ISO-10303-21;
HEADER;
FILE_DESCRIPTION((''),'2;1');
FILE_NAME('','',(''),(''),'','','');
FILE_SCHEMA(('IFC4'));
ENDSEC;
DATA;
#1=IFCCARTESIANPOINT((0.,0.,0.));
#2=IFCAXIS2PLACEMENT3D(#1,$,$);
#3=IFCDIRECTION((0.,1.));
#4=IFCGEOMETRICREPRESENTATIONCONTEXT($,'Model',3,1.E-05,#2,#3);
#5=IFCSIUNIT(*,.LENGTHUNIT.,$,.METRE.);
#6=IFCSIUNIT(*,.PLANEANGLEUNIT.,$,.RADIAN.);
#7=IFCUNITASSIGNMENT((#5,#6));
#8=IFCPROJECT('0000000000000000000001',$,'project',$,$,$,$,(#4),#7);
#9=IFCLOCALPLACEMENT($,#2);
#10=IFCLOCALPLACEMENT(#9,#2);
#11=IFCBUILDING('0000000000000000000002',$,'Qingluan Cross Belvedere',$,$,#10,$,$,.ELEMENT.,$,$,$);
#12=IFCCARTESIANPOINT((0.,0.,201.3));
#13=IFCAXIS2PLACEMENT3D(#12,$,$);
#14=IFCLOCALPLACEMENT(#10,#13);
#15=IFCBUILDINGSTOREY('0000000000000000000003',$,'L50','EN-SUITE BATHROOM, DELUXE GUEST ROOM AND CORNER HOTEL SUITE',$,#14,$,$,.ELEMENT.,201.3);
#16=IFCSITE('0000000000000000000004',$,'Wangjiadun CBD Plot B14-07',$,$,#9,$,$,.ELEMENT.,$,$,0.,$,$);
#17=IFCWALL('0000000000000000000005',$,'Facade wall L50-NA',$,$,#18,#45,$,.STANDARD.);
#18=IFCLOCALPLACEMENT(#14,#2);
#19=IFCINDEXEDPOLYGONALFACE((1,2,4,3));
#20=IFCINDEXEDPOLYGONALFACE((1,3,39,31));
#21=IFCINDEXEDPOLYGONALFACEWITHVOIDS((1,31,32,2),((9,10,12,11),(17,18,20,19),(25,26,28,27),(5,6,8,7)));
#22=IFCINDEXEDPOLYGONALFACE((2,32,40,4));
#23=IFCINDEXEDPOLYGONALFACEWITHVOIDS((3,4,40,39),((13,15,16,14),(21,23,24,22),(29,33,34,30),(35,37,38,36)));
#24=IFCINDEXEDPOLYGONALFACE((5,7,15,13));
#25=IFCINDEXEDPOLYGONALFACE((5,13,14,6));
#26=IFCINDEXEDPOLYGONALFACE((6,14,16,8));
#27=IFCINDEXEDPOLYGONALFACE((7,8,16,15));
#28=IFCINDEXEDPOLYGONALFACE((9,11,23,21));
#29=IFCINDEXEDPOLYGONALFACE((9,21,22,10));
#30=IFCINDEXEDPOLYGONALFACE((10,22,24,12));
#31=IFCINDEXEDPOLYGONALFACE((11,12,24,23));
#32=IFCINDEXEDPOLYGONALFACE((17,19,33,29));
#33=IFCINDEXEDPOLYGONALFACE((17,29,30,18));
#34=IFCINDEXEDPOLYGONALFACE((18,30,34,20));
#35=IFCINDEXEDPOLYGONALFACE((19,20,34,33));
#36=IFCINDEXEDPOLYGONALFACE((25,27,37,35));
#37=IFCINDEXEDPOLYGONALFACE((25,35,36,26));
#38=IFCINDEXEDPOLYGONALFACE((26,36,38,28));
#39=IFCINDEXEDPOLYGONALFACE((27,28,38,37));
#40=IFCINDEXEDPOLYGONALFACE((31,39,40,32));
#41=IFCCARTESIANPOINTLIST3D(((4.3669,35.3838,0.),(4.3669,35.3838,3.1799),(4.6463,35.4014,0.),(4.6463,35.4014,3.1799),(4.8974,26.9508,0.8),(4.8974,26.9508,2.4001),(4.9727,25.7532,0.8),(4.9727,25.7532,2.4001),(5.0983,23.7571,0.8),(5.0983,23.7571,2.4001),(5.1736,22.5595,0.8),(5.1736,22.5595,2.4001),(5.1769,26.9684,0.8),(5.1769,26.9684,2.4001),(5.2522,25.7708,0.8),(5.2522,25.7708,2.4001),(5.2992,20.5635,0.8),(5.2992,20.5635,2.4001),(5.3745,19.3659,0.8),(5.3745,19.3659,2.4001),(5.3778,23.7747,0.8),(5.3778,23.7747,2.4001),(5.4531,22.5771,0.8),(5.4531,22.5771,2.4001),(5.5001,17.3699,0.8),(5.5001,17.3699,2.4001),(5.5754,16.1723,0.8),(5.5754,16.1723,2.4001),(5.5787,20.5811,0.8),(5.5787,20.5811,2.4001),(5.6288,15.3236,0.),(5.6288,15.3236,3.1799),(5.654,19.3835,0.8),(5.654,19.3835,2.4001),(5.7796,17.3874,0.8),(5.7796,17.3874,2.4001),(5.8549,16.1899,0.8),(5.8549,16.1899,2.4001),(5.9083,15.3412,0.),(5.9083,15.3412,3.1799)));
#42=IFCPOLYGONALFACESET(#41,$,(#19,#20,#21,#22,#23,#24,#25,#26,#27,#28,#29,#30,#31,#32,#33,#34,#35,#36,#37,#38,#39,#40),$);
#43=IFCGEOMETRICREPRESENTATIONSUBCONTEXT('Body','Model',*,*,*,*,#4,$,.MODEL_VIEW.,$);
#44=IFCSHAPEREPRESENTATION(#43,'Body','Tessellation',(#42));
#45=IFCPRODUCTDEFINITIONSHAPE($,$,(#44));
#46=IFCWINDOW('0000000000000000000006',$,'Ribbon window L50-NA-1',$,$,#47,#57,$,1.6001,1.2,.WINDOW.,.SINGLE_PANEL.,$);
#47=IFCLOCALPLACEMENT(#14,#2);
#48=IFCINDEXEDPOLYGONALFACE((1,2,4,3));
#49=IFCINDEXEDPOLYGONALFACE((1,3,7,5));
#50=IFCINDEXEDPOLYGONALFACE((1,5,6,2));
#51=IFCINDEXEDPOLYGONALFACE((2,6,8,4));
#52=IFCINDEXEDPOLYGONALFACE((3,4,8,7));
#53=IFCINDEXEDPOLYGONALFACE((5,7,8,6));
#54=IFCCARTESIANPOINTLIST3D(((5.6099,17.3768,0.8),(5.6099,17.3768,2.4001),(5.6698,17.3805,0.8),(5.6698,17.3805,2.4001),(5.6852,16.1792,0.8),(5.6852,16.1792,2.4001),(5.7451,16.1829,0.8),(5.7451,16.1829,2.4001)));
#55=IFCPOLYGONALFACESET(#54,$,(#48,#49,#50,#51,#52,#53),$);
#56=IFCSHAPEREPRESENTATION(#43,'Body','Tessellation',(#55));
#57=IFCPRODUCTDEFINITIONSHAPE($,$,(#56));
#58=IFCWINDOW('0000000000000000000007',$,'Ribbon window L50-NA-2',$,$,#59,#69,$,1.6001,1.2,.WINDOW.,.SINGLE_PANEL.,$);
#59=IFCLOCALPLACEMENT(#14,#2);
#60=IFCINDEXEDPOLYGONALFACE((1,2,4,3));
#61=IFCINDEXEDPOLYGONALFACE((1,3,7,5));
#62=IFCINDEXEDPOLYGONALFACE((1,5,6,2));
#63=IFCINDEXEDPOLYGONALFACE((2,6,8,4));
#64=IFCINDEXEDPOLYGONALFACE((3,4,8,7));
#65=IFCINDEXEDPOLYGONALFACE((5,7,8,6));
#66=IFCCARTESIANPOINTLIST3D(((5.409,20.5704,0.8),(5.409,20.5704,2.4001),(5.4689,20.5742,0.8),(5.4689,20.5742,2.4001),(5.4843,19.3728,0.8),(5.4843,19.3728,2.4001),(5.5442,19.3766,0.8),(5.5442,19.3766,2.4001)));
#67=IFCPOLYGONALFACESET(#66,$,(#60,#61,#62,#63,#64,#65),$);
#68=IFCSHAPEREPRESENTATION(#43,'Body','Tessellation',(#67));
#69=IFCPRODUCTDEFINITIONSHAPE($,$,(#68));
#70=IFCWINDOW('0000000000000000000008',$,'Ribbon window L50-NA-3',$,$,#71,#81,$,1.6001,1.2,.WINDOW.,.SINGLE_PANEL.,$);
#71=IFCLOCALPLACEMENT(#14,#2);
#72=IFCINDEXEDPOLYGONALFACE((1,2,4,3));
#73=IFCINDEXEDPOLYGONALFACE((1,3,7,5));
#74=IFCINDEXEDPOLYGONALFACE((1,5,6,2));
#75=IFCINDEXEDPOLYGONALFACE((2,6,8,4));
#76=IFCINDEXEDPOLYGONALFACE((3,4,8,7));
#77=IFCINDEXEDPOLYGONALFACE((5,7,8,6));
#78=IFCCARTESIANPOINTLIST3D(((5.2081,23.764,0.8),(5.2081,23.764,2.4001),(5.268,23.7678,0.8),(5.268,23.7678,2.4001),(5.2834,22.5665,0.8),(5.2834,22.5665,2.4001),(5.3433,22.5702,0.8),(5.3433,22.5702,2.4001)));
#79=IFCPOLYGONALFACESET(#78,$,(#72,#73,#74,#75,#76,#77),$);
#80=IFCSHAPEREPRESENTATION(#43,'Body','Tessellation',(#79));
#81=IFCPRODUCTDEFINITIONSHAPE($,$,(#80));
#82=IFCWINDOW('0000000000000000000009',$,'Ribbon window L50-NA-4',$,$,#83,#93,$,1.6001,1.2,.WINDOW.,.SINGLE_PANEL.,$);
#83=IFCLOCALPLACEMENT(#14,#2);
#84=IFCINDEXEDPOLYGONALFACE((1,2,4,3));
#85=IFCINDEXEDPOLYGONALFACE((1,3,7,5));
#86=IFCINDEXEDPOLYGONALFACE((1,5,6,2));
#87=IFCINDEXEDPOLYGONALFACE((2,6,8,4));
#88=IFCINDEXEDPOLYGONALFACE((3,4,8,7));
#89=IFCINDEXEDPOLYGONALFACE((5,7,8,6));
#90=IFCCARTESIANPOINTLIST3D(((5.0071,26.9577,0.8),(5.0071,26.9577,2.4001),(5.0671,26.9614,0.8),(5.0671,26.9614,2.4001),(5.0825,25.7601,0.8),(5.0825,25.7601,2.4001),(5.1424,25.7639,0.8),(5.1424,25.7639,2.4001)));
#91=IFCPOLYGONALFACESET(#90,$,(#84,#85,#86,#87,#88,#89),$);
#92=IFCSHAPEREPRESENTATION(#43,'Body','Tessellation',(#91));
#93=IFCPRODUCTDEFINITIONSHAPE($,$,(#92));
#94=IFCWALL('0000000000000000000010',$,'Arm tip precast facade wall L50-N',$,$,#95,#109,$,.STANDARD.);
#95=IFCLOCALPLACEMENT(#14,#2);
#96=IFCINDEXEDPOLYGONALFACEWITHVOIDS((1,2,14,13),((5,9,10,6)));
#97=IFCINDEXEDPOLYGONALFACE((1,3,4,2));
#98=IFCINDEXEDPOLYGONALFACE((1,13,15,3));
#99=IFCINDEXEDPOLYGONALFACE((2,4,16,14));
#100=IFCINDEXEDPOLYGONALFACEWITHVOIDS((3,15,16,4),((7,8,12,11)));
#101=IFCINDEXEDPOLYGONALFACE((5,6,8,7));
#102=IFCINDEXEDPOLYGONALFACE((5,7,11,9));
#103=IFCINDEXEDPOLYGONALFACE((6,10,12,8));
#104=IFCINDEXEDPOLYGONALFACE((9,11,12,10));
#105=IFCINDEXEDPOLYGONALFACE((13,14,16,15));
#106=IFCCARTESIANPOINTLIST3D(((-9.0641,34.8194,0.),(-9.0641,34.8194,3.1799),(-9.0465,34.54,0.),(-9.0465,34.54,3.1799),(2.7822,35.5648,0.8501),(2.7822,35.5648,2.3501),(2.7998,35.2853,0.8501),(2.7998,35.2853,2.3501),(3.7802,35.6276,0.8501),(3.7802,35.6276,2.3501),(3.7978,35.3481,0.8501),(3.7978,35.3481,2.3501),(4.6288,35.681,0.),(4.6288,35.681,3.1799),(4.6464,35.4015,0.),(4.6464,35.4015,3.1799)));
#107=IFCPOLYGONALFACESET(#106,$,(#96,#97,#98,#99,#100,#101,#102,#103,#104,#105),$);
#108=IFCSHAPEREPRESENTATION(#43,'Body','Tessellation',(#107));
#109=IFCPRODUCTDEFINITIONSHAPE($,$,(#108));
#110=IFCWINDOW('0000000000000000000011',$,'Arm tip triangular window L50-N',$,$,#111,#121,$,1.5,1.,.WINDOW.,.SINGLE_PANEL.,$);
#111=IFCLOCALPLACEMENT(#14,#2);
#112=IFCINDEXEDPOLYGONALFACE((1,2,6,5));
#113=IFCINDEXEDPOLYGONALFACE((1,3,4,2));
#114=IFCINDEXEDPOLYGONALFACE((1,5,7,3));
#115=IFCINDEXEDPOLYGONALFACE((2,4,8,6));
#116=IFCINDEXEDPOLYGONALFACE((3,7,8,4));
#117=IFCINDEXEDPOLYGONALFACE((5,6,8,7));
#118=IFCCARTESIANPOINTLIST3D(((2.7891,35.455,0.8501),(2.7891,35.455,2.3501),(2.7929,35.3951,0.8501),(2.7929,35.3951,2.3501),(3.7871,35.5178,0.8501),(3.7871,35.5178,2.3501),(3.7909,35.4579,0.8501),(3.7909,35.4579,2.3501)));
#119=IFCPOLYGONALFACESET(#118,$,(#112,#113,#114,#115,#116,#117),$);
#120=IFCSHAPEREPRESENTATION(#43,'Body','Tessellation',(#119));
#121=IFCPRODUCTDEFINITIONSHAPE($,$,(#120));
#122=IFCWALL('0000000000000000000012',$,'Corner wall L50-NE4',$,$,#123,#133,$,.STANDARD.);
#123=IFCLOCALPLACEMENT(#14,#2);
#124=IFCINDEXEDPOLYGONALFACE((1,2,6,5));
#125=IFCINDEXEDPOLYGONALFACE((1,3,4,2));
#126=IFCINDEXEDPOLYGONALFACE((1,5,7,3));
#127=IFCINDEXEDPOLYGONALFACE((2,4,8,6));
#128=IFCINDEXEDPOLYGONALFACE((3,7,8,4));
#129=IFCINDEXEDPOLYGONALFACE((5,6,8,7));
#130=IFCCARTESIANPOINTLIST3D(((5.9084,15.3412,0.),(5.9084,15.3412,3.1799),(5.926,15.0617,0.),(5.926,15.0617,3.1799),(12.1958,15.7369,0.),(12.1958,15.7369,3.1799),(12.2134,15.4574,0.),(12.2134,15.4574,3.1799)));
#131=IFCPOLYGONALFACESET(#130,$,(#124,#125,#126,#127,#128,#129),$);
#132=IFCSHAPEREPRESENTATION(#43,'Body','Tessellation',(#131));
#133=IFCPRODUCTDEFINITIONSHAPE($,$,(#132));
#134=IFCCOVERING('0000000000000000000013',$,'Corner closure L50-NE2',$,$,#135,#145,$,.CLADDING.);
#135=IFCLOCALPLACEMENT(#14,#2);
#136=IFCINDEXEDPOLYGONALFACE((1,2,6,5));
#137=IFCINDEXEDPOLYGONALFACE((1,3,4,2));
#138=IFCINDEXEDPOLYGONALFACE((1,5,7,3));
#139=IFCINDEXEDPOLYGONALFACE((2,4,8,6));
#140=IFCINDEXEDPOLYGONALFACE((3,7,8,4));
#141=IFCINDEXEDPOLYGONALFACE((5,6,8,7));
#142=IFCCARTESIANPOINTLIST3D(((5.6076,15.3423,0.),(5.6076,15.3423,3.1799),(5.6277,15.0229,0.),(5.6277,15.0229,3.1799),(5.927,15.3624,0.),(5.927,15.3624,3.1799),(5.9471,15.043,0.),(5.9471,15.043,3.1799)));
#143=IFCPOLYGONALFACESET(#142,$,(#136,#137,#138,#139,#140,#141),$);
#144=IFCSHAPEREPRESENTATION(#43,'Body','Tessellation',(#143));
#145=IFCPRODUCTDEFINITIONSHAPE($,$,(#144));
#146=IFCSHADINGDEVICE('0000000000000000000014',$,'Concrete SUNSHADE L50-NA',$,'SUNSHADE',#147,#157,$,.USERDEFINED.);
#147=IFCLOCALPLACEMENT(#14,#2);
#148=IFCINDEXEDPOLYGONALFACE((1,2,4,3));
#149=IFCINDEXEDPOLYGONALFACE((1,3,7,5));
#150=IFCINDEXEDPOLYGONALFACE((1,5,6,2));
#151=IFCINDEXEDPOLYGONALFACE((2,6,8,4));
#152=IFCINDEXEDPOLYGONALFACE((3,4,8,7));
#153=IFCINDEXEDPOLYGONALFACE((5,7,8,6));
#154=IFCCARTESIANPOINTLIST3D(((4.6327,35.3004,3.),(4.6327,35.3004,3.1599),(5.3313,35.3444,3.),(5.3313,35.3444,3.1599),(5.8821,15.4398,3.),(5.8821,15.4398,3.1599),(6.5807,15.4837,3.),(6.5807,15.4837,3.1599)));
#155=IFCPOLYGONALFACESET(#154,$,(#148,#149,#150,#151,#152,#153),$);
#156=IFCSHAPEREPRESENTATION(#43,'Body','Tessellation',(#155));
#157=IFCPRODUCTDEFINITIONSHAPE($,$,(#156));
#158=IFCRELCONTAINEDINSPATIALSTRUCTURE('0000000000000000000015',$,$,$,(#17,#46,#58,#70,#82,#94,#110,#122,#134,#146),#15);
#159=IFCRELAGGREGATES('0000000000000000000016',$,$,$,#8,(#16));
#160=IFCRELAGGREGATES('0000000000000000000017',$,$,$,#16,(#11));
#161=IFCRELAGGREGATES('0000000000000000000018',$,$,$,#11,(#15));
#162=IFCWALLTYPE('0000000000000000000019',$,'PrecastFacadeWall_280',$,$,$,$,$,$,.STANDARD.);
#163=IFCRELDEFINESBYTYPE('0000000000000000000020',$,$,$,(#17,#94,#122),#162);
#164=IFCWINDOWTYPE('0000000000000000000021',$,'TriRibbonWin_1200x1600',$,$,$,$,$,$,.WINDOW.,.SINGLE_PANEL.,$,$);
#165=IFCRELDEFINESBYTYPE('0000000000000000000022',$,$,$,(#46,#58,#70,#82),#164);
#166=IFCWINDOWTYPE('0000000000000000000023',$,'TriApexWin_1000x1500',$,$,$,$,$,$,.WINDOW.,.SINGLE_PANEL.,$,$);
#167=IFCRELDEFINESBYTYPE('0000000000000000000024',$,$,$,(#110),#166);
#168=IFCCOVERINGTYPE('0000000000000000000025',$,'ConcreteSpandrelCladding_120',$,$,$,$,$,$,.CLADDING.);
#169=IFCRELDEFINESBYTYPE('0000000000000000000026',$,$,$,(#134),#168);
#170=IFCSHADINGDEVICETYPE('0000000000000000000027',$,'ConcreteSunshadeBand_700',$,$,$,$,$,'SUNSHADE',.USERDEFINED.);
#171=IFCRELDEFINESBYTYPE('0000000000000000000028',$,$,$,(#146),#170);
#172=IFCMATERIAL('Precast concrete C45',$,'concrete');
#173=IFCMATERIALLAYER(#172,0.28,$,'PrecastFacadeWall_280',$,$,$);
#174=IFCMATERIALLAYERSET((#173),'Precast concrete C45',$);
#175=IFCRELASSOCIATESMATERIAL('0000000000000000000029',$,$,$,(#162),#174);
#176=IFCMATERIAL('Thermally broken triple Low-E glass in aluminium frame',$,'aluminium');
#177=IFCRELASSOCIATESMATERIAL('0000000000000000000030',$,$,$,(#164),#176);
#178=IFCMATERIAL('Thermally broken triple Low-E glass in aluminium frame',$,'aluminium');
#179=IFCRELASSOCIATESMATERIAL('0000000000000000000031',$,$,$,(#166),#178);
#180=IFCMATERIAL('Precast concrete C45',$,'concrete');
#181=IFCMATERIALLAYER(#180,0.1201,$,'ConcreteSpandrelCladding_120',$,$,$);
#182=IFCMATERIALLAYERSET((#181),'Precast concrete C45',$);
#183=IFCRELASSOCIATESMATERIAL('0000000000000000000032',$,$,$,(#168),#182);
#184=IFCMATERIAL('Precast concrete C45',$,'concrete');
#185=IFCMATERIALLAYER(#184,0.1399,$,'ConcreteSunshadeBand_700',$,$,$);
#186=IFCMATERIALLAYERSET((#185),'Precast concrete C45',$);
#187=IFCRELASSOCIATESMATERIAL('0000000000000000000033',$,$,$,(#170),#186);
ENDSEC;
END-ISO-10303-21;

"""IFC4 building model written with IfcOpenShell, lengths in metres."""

from ifc_helpers import new_model, si_unit, direction, frame, frame_2d, origin, origin_2d, place, context, subcontext, project, spatial, rectangle, extrude, material, layer, layer_set, type_object, element, fill, save


model = new_model("IFC4")

# Units and contexts
model_context = context("Model", 3, precision=1e-05, world=origin(), true_north=direction((0.0, 1.0)))
body_context = subcontext(model_context, "Body", "Model", "MODEL_VIEW")
ifc_project = project(units=[si_unit("LENGTHUNIT", "METRE"), si_unit("PLANEANGLEUNIT", "RADIAN")], contexts=[model_context])

# Site, building, storey
site_placement = place(None, origin())
site = spatial("IfcSite", under=ifc_project, at=site_placement, Name="Wangjiadun CBD Plot B14-07", CompositionType="ELEMENT", RefElevation=0.0)
building_placement = place(site_placement, origin())
building = spatial("IfcBuilding", under=site, at=building_placement, Name="Qingluan Cross Belvedere", CompositionType="ELEMENT")
storey_placement = place(building_placement, frame((0.0, 0.0, 201.3)))
storey = spatial("IfcBuildingStorey", under=building, at=storey_placement, Name="L50", Description="EN-SUITE BATHROOM, DELUXE GUEST ROOM AND CORNER HOTEL SUITE", CompositionType="ELEMENT", Elevation=201.3)

# Wall, openings, windows
ifc_material_1 = material(Name="Precast concrete C45", Category="concrete")
ifc_layer_1 = layer(ifc_material_1, 0.28, Name="PrecastFacadeWall_280")
ifc_layer_set_1 = layer_set([ifc_layer_1], Name="Precast concrete C45")
wall_type_1 = type_object("IfcWallType", Name="PrecastFacadeWall_280", PredefinedType="STANDARD", material=ifc_layer_set_1)
wall_1_placement = place(storey_placement, frame((5.7686, 15.3325, 0.0), z_axis=(0.0, 0.0, 1.0), x_axis=(-0.062784, 0.998027, 0.0)))
wall_1 = element("IfcWall", 1, at=wall_1_placement, inside=storey, type_object=wall_type_1, Name="Facade wall L50-NA", PredefinedType="STANDARD", context=body_context, shape_type="SweptSolid", body=[
    extrude(rectangle(XDim=20.0999, YDim=0.28, at=frame_2d((10.0498, 0.0))), origin(), (0.0, 0.0, 1.0), 3.1799),
])
opening_1_placement = place(wall_1_placement, frame((0.8501, 0.0, 0.8)))
opening_1 = element("IfcOpeningElement", 2, at=opening_1_placement, cuts=wall_1, PredefinedType="OPENING", context=body_context, shape_type="SweptSolid", body=[
    extrude(rectangle(XDim=1.2, YDim=1.6001, at=frame_2d((0.6001, 0.8))), frame((0.0, 0.1499, 0.0), z_axis=(0.0, -1.0, 0.0), x_axis=(1.0, 0.0, 0.0)), (0.0, 0.0, 1.0), 0.3),
])
opening_2_placement = place(wall_1_placement, frame((4.05, 0.0, 0.8)))
opening_2 = element("IfcOpeningElement", 3, at=opening_2_placement, cuts=wall_1, PredefinedType="OPENING", context=body_context, shape_type="SweptSolid", body=[
    extrude(rectangle(XDim=1.2, YDim=1.6001, at=frame_2d((0.6001, 0.8))), frame((0.0, 0.1499, 0.0), z_axis=(0.0, -1.0, 0.0), x_axis=(1.0, 0.0, 0.0)), (0.0, 0.0, 1.0), 0.3),
])
opening_3_placement = place(wall_1_placement, frame((7.25, 0.0, 0.8)))
opening_3 = element("IfcOpeningElement", 4, at=opening_3_placement, cuts=wall_1, PredefinedType="OPENING", context=body_context, shape_type="SweptSolid", body=[
    extrude(rectangle(XDim=1.2, YDim=1.6001, at=frame_2d((0.6001, 0.8))), frame((0.0, 0.1499, 0.0), z_axis=(0.0, -1.0, 0.0), x_axis=(1.0, 0.0, 0.0)), (0.0, 0.0, 1.0), 0.3),
])
opening_4_placement = place(wall_1_placement, frame((10.45, 0.0, 0.8)))
opening_4 = element("IfcOpeningElement", 5, at=opening_4_placement, cuts=wall_1, PredefinedType="OPENING", context=body_context, shape_type="SweptSolid", body=[
    extrude(rectangle(XDim=1.2, YDim=1.6001, at=frame_2d((0.6001, 0.8))), frame((0.0, 0.1499, 0.0), z_axis=(0.0, -1.0, 0.0), x_axis=(1.0, 0.0, 0.0)), (0.0, 0.0, 1.0), 0.3),
])
ifc_material_2 = material(Name="Thermally broken triple Low-E glass in aluminium frame", Category="aluminium")
window_type_1 = type_object("IfcWindowType", Name="TriRibbonWin_1200x1600", PartitioningType="SINGLE_PANEL", PredefinedType="WINDOW", material=ifc_material_2)
window_1_placement = place(opening_1_placement, origin())
window_1 = element("IfcWindow", 6, at=window_1_placement, inside=storey, type_object=window_type_1, Name="Ribbon window L50-NA-1", OverallHeight=1.6001, OverallWidth=1.2, PartitioningType="SINGLE_PANEL", PredefinedType="WINDOW", context=body_context, shape_type="SweptSolid", body=[
    extrude(rectangle(XDim=1.2, YDim=1.6001, at=frame_2d((0.6001, 0.8))), frame((0.0, 0.03, 0.0), z_axis=(0.0, -1.0, 0.0), x_axis=(1.0, 0.0, 0.0)), (0.0, 0.0, 1.0), 0.0601),
])
fill(opening_1, window_1)
window_2_placement = place(opening_2_placement, origin())
window_2 = element("IfcWindow", 7, at=window_2_placement, inside=storey, type_object=window_type_1, Name="Ribbon window L50-NA-2", OverallHeight=1.6001, OverallWidth=1.2, PartitioningType="SINGLE_PANEL", PredefinedType="WINDOW", context=body_context, shape_type="SweptSolid", body=[
    extrude(rectangle(XDim=1.2, YDim=1.6001, at=frame_2d((0.6001, 0.8))), frame((0.0, 0.03, 0.0), z_axis=(0.0, -1.0, 0.0), x_axis=(1.0, 0.0, 0.0)), (0.0, 0.0, 1.0), 0.0601),
])
fill(opening_2, window_2)
window_3_placement = place(opening_3_placement, origin())
window_3 = element("IfcWindow", 8, at=window_3_placement, inside=storey, type_object=window_type_1, Name="Ribbon window L50-NA-3", OverallHeight=1.6001, OverallWidth=1.2, PartitioningType="SINGLE_PANEL", PredefinedType="WINDOW", context=body_context, shape_type="SweptSolid", body=[
    extrude(rectangle(XDim=1.2, YDim=1.6001, at=frame_2d((0.6001, 0.8))), frame((0.0, 0.03, 0.0), z_axis=(0.0, -1.0, 0.0), x_axis=(1.0, 0.0, 0.0)), (0.0, 0.0, 1.0), 0.0601),
])
fill(opening_3, window_3)
window_4_placement = place(opening_4_placement, origin())
window_4 = element("IfcWindow", 9, at=window_4_placement, inside=storey, type_object=window_type_1, Name="Ribbon window L50-NA-4", OverallHeight=1.6001, OverallWidth=1.2, PartitioningType="SINGLE_PANEL", PredefinedType="WINDOW", context=body_context, shape_type="SweptSolid", body=[
    extrude(rectangle(XDim=1.2, YDim=1.6001, at=frame_2d((0.6001, 0.8))), frame((0.0, 0.03, 0.0), z_axis=(0.0, -1.0, 0.0), x_axis=(1.0, 0.0, 0.0)), (0.0, 0.0, 1.0), 0.0601),
])
fill(opening_4, window_4)

# Wall, opening, window
wall_2_placement = place(storey_placement, frame((4.6375, 35.5413, 0.0), z_axis=(0.0, 0.0, 1.0), x_axis=(-0.998026, -0.062797, 0.0)))
wall_2 = element("IfcWall", 10, at=wall_2_placement, inside=storey, type_object=wall_type_1, Name="Arm tip precast facade wall L50-N", PredefinedType="STANDARD", context=body_context, shape_type="SweptSolid", body=[
    extrude(rectangle(XDim=13.72, YDim=0.28, at=frame_2d((6.8599, 0.0))), origin(), (0.0, 0.0, 1.0), 3.1799),
])
opening_5_placement = place(wall_2_placement, frame((0.8501, 0.0, 0.8501)))
opening_5 = element("IfcOpeningElement", 11, at=opening_5_placement, cuts=wall_2, PredefinedType="OPENING", context=body_context, shape_type="SweptSolid", body=[
    extrude(rectangle(XDim=1.0, YDim=1.5, at=frame_2d((0.5, 0.75))), frame((0.0, 0.1499, 0.0), z_axis=(0.0, -1.0, 0.0), x_axis=(1.0, 0.0, 0.0)), (0.0, 0.0, 1.0), 0.3),
])
ifc_material_3 = material(Name="Thermally broken triple Low-E glass in aluminium frame", Category="aluminium")
window_type_2 = type_object("IfcWindowType", Name="TriApexWin_1000x1500", PartitioningType="SINGLE_PANEL", PredefinedType="WINDOW", material=ifc_material_3)
window_5_placement = place(opening_5_placement, origin())
window_5 = element("IfcWindow", 12, at=window_5_placement, inside=storey, type_object=window_type_2, Name="Arm tip triangular window L50-N", OverallHeight=1.5, OverallWidth=1.0, PartitioningType="SINGLE_PANEL", PredefinedType="WINDOW", context=body_context, shape_type="SweptSolid", body=[
    extrude(rectangle(XDim=1.0, YDim=1.5, at=frame_2d((0.5, 0.75))), frame((0.0, 0.03, 0.0), z_axis=(0.0, -1.0, 0.0), x_axis=(1.0, 0.0, 0.0)), (0.0, 0.0, 1.0), 0.0601),
])
fill(opening_5, window_5)

# Wall
wall_3_placement = place(storey_placement, frame((12.2046, 15.5972, 0.0), z_axis=(0.0, 0.0, 1.0), x_axis=(-0.998025, -0.06282, 0.0)))
element("IfcWall", 13, at=wall_3_placement, inside=storey, type_object=wall_type_1, Name="Corner wall L50-NE4", PredefinedType="STANDARD", context=body_context, shape_type="SweptSolid", body=[
    extrude(rectangle(XDim=6.2998, YDim=0.28, at=frame_2d((3.1499, 0.0))), origin(), (0.0, 0.0, 1.0), 3.1799),
])

# Covering
ifc_material_4 = material(Name="Precast concrete C45", Category="concrete")
ifc_layer_2 = layer(ifc_material_4, 0.1201, Name="ConcreteSpandrelCladding_120")
ifc_layer_set_2 = layer_set([ifc_layer_2], Name="Precast concrete C45")
covering_type = type_object("IfcCoveringType", Name="ConcreteSpandrelCladding_120", PredefinedType="CLADDING", material=ifc_layer_set_2)
covering_placement = place(storey_placement, frame((5.7773, 15.1926, 0.0), z_axis=(0.0, 0.0, 1.0), x_axis=(0.998027, 0.062791, 0.0)))
element("IfcCovering", 14, at=covering_placement, inside=storey, type_object=covering_type, Name="Corner closure L50-NE2", PredefinedType="CLADDING", context=body_context, shape_type="SweptSolid", body=[
    extrude(rectangle(XDim=0.3201, YDim=0.3201, at=origin_2d()), origin(), (0.0, 0.0, 1.0), 3.1799),
])

# Shading device
ifc_material_5 = material(Name="Precast concrete C45", Category="concrete")
ifc_layer_3 = layer(ifc_material_5, 0.1399, Name="ConcreteSunshadeBand_700")
ifc_layer_set_3 = layer_set([ifc_layer_3], Name="Precast concrete C45")
shading_device_type = type_object("IfcShadingDeviceType", Name="ConcreteSunshadeBand_700", ElementType="SUNSHADE", PredefinedType="USERDEFINED", material=ifc_layer_set_3)
shading_device_placement = place(storey_placement, frame((5.6067, 25.3921, 3.0), z_axis=(0.0, 0.0, 1.0), x_axis=(-0.062786, 0.998027, 0.0)))
element("IfcShadingDevice", 15, at=shading_device_placement, inside=storey, type_object=shading_device_type, Name="Concrete SUNSHADE L50-NA", ObjectType="SUNSHADE", PredefinedType="USERDEFINED", context=body_context, shape_type="SweptSolid", body=[
    extrude(rectangle(XDim=19.8999, YDim=0.7, at=origin_2d()), origin(), (0.0, 0.0, 1.0), 0.1599),
])

save(model, "model.ifc")
